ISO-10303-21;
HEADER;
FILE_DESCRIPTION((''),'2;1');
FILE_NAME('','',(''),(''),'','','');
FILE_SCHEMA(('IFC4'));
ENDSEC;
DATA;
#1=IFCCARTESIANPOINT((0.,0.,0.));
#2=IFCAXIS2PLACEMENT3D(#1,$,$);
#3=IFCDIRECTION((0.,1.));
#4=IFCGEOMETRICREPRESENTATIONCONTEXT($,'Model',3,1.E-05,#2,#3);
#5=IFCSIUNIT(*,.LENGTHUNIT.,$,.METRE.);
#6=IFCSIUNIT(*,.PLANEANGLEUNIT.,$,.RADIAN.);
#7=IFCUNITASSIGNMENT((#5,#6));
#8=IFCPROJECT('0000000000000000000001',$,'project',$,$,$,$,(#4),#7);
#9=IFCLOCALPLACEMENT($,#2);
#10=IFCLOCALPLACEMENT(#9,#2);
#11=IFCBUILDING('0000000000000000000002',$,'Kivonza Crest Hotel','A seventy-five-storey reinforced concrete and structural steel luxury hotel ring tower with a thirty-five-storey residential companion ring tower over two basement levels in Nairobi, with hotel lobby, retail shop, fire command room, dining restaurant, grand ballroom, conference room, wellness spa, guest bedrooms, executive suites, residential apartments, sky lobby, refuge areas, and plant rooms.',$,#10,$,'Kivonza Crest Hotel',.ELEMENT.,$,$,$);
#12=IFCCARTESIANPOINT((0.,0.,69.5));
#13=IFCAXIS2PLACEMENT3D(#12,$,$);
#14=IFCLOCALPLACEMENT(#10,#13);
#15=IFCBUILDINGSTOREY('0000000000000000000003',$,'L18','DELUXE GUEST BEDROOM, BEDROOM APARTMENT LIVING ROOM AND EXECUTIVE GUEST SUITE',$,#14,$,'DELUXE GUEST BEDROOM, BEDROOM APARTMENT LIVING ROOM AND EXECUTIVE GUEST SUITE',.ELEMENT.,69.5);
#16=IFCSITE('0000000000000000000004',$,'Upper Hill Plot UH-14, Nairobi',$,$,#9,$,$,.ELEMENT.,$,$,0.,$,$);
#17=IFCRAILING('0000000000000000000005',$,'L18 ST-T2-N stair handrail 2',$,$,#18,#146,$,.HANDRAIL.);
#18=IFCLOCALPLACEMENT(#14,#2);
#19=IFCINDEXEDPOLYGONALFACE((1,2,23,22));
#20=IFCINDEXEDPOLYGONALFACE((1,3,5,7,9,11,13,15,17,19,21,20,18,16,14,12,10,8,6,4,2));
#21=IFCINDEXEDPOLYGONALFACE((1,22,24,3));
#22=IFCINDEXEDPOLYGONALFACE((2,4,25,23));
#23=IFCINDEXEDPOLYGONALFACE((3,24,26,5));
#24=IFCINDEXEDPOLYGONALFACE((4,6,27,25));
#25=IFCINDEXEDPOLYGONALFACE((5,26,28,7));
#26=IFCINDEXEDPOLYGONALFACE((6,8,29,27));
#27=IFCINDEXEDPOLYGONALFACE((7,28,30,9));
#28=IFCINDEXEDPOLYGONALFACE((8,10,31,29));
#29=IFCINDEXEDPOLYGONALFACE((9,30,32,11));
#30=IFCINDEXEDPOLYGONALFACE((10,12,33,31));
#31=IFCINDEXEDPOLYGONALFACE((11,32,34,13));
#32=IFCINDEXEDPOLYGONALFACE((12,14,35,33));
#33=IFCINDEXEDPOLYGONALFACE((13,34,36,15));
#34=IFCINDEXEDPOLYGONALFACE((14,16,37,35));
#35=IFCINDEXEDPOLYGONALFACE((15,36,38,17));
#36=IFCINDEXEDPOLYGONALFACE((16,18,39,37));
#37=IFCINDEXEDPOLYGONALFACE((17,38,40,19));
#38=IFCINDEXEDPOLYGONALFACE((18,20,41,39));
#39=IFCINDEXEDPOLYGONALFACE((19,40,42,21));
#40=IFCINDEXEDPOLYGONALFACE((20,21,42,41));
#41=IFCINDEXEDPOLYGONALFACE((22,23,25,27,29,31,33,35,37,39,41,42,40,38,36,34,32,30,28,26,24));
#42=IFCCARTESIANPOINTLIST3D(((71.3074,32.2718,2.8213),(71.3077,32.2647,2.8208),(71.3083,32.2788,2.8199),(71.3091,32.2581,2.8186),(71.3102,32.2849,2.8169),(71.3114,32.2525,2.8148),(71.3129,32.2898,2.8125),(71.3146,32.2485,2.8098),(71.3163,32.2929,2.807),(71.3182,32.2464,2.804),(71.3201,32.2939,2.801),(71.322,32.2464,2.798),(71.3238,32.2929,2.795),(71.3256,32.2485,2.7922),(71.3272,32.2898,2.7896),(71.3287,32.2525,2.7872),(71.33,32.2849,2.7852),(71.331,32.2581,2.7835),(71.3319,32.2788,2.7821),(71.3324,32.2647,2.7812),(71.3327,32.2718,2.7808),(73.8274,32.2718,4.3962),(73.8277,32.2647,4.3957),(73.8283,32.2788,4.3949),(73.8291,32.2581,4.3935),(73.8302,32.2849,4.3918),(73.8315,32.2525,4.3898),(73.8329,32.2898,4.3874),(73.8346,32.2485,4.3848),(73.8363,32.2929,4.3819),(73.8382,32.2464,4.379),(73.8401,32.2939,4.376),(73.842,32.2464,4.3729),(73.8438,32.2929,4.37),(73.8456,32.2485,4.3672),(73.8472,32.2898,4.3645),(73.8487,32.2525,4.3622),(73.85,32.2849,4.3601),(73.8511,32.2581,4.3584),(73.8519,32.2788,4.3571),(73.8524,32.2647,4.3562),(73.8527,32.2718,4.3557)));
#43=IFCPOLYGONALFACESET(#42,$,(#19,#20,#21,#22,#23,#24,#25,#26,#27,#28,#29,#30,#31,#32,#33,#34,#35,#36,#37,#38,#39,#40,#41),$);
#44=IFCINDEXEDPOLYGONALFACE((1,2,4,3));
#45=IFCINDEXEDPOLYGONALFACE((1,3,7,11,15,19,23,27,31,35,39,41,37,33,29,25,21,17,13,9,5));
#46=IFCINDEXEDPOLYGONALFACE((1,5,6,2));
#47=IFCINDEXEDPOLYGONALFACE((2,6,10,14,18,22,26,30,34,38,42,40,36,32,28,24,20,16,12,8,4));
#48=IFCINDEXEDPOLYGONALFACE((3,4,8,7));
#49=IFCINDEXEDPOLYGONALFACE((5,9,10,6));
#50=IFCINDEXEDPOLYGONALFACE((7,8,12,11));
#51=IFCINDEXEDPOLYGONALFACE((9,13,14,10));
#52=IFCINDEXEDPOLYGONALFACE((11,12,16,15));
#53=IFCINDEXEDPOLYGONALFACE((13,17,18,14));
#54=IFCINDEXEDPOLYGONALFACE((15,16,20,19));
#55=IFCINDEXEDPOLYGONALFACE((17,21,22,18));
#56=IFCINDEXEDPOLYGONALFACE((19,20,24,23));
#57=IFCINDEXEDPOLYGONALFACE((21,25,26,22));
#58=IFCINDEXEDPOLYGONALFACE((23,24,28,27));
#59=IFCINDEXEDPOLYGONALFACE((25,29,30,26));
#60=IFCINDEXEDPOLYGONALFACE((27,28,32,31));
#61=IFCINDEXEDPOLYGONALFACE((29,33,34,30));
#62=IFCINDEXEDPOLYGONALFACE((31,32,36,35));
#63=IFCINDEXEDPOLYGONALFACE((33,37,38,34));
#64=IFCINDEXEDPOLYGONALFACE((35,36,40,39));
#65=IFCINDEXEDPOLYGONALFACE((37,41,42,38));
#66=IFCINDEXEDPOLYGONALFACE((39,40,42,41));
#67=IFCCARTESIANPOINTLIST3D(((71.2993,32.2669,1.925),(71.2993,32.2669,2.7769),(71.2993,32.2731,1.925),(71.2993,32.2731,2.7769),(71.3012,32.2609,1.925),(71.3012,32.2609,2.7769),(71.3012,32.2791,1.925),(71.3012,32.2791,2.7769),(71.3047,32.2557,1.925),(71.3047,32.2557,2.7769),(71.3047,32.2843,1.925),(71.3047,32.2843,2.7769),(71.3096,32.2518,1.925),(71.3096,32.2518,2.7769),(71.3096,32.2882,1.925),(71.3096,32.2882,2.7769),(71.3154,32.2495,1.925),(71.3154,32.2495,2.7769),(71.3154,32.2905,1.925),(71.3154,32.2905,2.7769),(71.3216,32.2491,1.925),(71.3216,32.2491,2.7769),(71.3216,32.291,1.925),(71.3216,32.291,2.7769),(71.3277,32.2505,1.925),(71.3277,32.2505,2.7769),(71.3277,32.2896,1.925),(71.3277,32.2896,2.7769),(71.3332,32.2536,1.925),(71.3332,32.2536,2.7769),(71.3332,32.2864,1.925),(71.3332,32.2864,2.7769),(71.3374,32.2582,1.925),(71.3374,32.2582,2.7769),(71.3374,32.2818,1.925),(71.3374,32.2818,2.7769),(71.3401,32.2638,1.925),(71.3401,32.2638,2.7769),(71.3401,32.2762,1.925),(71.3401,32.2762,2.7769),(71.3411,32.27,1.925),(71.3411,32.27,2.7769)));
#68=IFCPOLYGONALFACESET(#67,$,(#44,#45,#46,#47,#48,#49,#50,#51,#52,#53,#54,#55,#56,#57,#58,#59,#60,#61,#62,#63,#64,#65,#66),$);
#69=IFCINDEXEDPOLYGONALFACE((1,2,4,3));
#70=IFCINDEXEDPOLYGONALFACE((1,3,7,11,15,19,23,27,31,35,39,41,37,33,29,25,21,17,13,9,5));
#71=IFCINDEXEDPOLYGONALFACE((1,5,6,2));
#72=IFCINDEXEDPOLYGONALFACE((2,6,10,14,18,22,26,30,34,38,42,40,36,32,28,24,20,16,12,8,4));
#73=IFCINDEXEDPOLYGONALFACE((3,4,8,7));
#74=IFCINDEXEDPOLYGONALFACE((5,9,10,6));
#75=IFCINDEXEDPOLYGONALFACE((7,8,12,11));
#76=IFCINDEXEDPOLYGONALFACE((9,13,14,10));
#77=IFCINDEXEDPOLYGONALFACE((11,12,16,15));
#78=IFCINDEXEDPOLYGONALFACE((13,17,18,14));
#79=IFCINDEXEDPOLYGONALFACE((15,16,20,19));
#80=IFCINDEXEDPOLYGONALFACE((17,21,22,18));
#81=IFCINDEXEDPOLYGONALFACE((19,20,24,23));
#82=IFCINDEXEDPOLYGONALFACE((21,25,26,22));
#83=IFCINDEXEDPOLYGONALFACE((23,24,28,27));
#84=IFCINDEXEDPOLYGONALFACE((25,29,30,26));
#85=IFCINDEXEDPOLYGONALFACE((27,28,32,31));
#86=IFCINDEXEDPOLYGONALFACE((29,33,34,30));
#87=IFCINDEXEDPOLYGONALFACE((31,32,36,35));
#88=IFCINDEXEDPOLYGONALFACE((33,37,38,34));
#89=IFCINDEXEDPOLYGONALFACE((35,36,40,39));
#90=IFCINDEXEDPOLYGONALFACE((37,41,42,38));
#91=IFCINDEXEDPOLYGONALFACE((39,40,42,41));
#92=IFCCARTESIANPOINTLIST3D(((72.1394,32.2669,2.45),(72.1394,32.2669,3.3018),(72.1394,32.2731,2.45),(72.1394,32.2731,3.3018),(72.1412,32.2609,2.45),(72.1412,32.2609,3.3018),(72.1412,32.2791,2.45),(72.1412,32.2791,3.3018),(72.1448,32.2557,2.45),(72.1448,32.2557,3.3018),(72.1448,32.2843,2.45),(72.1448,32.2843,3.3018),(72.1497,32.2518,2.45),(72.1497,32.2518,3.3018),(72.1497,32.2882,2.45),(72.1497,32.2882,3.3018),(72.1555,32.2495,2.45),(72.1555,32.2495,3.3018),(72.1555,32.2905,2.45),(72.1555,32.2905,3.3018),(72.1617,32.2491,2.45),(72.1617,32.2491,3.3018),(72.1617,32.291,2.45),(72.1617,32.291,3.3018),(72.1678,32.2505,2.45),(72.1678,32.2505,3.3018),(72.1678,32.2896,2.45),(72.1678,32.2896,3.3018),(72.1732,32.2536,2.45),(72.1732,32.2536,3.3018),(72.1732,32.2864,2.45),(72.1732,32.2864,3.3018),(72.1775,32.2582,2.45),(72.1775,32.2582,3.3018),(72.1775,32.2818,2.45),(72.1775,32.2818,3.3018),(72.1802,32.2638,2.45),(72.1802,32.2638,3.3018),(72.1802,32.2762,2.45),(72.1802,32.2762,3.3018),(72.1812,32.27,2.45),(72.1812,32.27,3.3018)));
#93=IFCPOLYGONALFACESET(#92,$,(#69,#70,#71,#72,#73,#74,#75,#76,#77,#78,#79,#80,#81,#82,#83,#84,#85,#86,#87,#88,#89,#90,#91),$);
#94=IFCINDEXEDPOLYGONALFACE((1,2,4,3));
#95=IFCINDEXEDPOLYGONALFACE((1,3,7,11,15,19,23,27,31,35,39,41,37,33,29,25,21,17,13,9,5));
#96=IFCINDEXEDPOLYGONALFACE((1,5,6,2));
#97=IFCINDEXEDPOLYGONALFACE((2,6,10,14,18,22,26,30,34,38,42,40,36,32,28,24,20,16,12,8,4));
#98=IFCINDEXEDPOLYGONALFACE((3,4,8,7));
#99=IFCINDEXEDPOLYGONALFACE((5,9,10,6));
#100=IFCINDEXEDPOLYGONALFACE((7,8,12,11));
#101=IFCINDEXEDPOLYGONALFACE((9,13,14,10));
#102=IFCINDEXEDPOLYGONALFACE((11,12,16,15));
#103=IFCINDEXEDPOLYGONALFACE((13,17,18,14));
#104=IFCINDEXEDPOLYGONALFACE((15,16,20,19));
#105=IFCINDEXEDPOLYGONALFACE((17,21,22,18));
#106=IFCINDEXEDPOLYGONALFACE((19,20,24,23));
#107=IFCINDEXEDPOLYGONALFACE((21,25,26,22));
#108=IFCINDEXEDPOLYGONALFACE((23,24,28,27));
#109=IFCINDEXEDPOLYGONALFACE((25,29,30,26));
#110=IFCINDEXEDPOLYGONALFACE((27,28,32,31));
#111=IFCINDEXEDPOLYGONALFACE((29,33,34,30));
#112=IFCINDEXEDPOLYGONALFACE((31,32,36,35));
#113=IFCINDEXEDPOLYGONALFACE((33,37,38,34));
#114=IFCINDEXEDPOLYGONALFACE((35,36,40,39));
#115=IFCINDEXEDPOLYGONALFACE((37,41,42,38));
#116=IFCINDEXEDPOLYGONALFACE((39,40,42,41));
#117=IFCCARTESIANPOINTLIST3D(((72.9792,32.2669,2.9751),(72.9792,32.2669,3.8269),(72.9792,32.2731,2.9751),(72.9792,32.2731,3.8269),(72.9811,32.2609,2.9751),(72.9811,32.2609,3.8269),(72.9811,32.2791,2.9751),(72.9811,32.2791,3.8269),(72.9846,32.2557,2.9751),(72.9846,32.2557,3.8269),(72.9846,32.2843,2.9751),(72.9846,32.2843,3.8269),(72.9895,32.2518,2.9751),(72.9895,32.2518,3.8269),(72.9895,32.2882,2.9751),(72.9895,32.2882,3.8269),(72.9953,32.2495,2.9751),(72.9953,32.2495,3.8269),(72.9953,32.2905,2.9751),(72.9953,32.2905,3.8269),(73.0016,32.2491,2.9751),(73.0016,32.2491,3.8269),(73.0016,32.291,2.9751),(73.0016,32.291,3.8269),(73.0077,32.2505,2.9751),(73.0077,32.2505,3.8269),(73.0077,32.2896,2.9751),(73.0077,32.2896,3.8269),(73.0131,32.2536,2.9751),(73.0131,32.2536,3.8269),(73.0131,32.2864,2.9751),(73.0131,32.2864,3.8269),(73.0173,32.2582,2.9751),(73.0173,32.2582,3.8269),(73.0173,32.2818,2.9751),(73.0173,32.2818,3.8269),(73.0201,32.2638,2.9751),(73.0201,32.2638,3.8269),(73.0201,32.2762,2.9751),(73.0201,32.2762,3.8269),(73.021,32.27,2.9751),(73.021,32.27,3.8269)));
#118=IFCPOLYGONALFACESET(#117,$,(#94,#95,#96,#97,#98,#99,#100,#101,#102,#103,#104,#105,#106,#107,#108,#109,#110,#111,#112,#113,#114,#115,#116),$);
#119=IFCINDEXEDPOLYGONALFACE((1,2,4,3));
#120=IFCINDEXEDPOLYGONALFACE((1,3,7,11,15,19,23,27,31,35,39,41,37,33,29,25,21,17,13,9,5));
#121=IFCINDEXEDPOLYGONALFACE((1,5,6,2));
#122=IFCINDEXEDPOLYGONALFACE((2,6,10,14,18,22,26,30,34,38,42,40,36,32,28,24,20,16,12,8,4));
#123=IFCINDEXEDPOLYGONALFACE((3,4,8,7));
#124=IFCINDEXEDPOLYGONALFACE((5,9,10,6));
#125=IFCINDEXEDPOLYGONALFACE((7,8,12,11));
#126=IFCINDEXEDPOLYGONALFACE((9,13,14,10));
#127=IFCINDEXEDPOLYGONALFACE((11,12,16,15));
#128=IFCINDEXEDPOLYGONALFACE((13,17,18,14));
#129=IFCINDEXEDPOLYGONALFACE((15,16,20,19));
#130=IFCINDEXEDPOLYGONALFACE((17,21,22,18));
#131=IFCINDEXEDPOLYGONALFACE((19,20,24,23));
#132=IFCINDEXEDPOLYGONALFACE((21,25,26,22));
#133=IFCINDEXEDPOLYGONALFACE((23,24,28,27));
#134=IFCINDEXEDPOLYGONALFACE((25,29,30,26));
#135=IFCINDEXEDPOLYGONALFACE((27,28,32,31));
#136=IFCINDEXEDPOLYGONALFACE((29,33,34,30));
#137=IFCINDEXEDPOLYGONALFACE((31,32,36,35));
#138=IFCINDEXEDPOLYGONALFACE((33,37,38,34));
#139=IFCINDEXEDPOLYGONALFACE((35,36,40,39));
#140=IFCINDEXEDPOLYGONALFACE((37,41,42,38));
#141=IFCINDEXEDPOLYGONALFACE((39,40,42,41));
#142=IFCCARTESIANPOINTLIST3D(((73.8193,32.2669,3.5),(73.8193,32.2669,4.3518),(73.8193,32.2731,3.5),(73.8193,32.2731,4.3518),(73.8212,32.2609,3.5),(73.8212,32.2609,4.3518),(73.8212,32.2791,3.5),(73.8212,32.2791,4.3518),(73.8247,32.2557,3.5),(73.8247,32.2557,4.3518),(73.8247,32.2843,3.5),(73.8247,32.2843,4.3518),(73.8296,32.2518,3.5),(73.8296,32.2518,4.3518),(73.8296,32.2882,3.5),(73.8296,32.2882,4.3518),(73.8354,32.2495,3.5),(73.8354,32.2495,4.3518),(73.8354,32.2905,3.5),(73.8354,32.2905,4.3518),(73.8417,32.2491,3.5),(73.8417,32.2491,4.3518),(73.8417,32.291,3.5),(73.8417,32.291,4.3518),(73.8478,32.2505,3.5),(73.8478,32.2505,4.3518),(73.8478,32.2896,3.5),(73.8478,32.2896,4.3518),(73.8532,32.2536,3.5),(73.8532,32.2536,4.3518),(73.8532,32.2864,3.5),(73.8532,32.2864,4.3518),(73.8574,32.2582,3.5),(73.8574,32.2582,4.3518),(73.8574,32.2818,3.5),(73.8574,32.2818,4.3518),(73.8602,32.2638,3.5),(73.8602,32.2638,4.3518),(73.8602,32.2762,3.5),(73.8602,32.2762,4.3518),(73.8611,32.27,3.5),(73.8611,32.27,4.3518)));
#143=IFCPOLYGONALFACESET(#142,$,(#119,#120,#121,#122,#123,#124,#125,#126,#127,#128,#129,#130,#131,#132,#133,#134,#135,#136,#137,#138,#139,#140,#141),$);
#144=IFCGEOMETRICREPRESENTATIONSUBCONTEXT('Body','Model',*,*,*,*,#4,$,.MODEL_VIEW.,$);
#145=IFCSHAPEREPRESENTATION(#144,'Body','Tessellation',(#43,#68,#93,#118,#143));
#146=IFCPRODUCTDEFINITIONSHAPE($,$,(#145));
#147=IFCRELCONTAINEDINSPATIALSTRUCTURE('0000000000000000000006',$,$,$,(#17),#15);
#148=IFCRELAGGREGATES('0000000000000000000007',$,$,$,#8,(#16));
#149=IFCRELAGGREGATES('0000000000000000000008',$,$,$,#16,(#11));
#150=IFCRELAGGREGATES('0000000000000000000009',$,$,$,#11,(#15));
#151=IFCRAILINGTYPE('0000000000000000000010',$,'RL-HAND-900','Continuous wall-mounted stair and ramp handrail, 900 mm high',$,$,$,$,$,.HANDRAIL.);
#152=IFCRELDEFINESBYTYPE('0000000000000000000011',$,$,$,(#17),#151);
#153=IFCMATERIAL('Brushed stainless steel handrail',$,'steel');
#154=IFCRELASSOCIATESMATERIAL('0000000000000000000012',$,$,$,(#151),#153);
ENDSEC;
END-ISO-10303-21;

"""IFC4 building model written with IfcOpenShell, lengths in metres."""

from ifc_helpers import new_model, si_unit, direction, frame, origin, origin_2d, place, context, subcontext, project, spatial, circle, extrude, material, type_object, element, save


model = new_model("IFC4")

# Units and contexts
model_context = context("Model", 3, precision=1e-05, world=origin(), true_north=direction((0.0, 1.0)))
body_context = subcontext(model_context, "Body", "Model", "MODEL_VIEW")
ifc_project = project(units=[si_unit("LENGTHUNIT", "METRE"), si_unit("PLANEANGLEUNIT", "RADIAN")], contexts=[model_context])

# Site, building, storey
site_placement = place(None, origin())
site = spatial("IfcSite", under=ifc_project, at=site_placement, Name="Upper Hill Plot UH-14, Nairobi", CompositionType="ELEMENT", RefElevation=0.0)
building_placement = place(site_placement, origin())
building = spatial("IfcBuilding", under=site, at=building_placement, Name="Kivonza Crest Hotel", Description="A seventy-five-storey reinforced concrete and structural steel luxury hotel ring tower with a thirty-five-storey residential companion ring tower over two basement levels in Nairobi, with hotel lobby, retail shop, fire command room, dining restaurant, grand ballroom, conference room, wellness spa, guest bedrooms, executive suites, residential apartments, sky lobby, refuge areas, and plant rooms.", LongName="Kivonza Crest Hotel", CompositionType="ELEMENT")
storey_placement = place(building_placement, frame((0.0, 0.0, 69.5)))
storey = spatial("IfcBuildingStorey", under=building, at=storey_placement, Name="L18", Description="DELUXE GUEST BEDROOM, BEDROOM APARTMENT LIVING ROOM AND EXECUTIVE GUEST SUITE", LongName="DELUXE GUEST BEDROOM, BEDROOM APARTMENT LIVING ROOM AND EXECUTIVE GUEST SUITE", CompositionType="ELEMENT", Elevation=69.5)

# Railing
ifc_material_1 = material(Name="Brushed stainless steel handrail", Category="steel")
railing_type = type_object("IfcRailingType", Name="RL-HAND-900", Description="Continuous wall-mounted stair and ramp handrail, 900 mm high", PredefinedType="HANDRAIL", material=ifc_material_1)
railing_placement = place(storey_placement, frame((71.3201, 32.27, 1.925)))
element("IfcRailing", 1, at=railing_placement, inside=storey, type_object=railing_type, Name="L18 ST-T2-N stair handrail 2", PredefinedType="HANDRAIL", context=body_context, shape_type="SweptSolid", body=[
    extrude(circle(Radius=0.0239, at=origin_2d()), frame((0.0, 0.0, 0.876), z_axis=(0.848008, 0.0, 0.529984), x_axis=(0.0, 1.0, 0.0)), (0.0, 0.0, 1.0), 2.9717),
    extrude(circle(Radius=0.021, at=origin_2d()), origin(), (0.0, 0.0, 1.0), 0.8518),
    extrude(circle(Radius=0.021, at=origin_2d()), frame((0.8401, 0.0, 0.5249)), (0.0, 0.0, 1.0), 0.8518),
    extrude(circle(Radius=0.021, at=origin_2d()), frame((1.6799, 0.0, 1.05)), (0.0, 0.0, 1.0), 0.8518),
    extrude(circle(Radius=0.021, at=origin_2d()), frame((2.52, 0.0, 1.575)), (0.0, 0.0, 1.0), 0.8518),
])

save(model, "model.ifc")
